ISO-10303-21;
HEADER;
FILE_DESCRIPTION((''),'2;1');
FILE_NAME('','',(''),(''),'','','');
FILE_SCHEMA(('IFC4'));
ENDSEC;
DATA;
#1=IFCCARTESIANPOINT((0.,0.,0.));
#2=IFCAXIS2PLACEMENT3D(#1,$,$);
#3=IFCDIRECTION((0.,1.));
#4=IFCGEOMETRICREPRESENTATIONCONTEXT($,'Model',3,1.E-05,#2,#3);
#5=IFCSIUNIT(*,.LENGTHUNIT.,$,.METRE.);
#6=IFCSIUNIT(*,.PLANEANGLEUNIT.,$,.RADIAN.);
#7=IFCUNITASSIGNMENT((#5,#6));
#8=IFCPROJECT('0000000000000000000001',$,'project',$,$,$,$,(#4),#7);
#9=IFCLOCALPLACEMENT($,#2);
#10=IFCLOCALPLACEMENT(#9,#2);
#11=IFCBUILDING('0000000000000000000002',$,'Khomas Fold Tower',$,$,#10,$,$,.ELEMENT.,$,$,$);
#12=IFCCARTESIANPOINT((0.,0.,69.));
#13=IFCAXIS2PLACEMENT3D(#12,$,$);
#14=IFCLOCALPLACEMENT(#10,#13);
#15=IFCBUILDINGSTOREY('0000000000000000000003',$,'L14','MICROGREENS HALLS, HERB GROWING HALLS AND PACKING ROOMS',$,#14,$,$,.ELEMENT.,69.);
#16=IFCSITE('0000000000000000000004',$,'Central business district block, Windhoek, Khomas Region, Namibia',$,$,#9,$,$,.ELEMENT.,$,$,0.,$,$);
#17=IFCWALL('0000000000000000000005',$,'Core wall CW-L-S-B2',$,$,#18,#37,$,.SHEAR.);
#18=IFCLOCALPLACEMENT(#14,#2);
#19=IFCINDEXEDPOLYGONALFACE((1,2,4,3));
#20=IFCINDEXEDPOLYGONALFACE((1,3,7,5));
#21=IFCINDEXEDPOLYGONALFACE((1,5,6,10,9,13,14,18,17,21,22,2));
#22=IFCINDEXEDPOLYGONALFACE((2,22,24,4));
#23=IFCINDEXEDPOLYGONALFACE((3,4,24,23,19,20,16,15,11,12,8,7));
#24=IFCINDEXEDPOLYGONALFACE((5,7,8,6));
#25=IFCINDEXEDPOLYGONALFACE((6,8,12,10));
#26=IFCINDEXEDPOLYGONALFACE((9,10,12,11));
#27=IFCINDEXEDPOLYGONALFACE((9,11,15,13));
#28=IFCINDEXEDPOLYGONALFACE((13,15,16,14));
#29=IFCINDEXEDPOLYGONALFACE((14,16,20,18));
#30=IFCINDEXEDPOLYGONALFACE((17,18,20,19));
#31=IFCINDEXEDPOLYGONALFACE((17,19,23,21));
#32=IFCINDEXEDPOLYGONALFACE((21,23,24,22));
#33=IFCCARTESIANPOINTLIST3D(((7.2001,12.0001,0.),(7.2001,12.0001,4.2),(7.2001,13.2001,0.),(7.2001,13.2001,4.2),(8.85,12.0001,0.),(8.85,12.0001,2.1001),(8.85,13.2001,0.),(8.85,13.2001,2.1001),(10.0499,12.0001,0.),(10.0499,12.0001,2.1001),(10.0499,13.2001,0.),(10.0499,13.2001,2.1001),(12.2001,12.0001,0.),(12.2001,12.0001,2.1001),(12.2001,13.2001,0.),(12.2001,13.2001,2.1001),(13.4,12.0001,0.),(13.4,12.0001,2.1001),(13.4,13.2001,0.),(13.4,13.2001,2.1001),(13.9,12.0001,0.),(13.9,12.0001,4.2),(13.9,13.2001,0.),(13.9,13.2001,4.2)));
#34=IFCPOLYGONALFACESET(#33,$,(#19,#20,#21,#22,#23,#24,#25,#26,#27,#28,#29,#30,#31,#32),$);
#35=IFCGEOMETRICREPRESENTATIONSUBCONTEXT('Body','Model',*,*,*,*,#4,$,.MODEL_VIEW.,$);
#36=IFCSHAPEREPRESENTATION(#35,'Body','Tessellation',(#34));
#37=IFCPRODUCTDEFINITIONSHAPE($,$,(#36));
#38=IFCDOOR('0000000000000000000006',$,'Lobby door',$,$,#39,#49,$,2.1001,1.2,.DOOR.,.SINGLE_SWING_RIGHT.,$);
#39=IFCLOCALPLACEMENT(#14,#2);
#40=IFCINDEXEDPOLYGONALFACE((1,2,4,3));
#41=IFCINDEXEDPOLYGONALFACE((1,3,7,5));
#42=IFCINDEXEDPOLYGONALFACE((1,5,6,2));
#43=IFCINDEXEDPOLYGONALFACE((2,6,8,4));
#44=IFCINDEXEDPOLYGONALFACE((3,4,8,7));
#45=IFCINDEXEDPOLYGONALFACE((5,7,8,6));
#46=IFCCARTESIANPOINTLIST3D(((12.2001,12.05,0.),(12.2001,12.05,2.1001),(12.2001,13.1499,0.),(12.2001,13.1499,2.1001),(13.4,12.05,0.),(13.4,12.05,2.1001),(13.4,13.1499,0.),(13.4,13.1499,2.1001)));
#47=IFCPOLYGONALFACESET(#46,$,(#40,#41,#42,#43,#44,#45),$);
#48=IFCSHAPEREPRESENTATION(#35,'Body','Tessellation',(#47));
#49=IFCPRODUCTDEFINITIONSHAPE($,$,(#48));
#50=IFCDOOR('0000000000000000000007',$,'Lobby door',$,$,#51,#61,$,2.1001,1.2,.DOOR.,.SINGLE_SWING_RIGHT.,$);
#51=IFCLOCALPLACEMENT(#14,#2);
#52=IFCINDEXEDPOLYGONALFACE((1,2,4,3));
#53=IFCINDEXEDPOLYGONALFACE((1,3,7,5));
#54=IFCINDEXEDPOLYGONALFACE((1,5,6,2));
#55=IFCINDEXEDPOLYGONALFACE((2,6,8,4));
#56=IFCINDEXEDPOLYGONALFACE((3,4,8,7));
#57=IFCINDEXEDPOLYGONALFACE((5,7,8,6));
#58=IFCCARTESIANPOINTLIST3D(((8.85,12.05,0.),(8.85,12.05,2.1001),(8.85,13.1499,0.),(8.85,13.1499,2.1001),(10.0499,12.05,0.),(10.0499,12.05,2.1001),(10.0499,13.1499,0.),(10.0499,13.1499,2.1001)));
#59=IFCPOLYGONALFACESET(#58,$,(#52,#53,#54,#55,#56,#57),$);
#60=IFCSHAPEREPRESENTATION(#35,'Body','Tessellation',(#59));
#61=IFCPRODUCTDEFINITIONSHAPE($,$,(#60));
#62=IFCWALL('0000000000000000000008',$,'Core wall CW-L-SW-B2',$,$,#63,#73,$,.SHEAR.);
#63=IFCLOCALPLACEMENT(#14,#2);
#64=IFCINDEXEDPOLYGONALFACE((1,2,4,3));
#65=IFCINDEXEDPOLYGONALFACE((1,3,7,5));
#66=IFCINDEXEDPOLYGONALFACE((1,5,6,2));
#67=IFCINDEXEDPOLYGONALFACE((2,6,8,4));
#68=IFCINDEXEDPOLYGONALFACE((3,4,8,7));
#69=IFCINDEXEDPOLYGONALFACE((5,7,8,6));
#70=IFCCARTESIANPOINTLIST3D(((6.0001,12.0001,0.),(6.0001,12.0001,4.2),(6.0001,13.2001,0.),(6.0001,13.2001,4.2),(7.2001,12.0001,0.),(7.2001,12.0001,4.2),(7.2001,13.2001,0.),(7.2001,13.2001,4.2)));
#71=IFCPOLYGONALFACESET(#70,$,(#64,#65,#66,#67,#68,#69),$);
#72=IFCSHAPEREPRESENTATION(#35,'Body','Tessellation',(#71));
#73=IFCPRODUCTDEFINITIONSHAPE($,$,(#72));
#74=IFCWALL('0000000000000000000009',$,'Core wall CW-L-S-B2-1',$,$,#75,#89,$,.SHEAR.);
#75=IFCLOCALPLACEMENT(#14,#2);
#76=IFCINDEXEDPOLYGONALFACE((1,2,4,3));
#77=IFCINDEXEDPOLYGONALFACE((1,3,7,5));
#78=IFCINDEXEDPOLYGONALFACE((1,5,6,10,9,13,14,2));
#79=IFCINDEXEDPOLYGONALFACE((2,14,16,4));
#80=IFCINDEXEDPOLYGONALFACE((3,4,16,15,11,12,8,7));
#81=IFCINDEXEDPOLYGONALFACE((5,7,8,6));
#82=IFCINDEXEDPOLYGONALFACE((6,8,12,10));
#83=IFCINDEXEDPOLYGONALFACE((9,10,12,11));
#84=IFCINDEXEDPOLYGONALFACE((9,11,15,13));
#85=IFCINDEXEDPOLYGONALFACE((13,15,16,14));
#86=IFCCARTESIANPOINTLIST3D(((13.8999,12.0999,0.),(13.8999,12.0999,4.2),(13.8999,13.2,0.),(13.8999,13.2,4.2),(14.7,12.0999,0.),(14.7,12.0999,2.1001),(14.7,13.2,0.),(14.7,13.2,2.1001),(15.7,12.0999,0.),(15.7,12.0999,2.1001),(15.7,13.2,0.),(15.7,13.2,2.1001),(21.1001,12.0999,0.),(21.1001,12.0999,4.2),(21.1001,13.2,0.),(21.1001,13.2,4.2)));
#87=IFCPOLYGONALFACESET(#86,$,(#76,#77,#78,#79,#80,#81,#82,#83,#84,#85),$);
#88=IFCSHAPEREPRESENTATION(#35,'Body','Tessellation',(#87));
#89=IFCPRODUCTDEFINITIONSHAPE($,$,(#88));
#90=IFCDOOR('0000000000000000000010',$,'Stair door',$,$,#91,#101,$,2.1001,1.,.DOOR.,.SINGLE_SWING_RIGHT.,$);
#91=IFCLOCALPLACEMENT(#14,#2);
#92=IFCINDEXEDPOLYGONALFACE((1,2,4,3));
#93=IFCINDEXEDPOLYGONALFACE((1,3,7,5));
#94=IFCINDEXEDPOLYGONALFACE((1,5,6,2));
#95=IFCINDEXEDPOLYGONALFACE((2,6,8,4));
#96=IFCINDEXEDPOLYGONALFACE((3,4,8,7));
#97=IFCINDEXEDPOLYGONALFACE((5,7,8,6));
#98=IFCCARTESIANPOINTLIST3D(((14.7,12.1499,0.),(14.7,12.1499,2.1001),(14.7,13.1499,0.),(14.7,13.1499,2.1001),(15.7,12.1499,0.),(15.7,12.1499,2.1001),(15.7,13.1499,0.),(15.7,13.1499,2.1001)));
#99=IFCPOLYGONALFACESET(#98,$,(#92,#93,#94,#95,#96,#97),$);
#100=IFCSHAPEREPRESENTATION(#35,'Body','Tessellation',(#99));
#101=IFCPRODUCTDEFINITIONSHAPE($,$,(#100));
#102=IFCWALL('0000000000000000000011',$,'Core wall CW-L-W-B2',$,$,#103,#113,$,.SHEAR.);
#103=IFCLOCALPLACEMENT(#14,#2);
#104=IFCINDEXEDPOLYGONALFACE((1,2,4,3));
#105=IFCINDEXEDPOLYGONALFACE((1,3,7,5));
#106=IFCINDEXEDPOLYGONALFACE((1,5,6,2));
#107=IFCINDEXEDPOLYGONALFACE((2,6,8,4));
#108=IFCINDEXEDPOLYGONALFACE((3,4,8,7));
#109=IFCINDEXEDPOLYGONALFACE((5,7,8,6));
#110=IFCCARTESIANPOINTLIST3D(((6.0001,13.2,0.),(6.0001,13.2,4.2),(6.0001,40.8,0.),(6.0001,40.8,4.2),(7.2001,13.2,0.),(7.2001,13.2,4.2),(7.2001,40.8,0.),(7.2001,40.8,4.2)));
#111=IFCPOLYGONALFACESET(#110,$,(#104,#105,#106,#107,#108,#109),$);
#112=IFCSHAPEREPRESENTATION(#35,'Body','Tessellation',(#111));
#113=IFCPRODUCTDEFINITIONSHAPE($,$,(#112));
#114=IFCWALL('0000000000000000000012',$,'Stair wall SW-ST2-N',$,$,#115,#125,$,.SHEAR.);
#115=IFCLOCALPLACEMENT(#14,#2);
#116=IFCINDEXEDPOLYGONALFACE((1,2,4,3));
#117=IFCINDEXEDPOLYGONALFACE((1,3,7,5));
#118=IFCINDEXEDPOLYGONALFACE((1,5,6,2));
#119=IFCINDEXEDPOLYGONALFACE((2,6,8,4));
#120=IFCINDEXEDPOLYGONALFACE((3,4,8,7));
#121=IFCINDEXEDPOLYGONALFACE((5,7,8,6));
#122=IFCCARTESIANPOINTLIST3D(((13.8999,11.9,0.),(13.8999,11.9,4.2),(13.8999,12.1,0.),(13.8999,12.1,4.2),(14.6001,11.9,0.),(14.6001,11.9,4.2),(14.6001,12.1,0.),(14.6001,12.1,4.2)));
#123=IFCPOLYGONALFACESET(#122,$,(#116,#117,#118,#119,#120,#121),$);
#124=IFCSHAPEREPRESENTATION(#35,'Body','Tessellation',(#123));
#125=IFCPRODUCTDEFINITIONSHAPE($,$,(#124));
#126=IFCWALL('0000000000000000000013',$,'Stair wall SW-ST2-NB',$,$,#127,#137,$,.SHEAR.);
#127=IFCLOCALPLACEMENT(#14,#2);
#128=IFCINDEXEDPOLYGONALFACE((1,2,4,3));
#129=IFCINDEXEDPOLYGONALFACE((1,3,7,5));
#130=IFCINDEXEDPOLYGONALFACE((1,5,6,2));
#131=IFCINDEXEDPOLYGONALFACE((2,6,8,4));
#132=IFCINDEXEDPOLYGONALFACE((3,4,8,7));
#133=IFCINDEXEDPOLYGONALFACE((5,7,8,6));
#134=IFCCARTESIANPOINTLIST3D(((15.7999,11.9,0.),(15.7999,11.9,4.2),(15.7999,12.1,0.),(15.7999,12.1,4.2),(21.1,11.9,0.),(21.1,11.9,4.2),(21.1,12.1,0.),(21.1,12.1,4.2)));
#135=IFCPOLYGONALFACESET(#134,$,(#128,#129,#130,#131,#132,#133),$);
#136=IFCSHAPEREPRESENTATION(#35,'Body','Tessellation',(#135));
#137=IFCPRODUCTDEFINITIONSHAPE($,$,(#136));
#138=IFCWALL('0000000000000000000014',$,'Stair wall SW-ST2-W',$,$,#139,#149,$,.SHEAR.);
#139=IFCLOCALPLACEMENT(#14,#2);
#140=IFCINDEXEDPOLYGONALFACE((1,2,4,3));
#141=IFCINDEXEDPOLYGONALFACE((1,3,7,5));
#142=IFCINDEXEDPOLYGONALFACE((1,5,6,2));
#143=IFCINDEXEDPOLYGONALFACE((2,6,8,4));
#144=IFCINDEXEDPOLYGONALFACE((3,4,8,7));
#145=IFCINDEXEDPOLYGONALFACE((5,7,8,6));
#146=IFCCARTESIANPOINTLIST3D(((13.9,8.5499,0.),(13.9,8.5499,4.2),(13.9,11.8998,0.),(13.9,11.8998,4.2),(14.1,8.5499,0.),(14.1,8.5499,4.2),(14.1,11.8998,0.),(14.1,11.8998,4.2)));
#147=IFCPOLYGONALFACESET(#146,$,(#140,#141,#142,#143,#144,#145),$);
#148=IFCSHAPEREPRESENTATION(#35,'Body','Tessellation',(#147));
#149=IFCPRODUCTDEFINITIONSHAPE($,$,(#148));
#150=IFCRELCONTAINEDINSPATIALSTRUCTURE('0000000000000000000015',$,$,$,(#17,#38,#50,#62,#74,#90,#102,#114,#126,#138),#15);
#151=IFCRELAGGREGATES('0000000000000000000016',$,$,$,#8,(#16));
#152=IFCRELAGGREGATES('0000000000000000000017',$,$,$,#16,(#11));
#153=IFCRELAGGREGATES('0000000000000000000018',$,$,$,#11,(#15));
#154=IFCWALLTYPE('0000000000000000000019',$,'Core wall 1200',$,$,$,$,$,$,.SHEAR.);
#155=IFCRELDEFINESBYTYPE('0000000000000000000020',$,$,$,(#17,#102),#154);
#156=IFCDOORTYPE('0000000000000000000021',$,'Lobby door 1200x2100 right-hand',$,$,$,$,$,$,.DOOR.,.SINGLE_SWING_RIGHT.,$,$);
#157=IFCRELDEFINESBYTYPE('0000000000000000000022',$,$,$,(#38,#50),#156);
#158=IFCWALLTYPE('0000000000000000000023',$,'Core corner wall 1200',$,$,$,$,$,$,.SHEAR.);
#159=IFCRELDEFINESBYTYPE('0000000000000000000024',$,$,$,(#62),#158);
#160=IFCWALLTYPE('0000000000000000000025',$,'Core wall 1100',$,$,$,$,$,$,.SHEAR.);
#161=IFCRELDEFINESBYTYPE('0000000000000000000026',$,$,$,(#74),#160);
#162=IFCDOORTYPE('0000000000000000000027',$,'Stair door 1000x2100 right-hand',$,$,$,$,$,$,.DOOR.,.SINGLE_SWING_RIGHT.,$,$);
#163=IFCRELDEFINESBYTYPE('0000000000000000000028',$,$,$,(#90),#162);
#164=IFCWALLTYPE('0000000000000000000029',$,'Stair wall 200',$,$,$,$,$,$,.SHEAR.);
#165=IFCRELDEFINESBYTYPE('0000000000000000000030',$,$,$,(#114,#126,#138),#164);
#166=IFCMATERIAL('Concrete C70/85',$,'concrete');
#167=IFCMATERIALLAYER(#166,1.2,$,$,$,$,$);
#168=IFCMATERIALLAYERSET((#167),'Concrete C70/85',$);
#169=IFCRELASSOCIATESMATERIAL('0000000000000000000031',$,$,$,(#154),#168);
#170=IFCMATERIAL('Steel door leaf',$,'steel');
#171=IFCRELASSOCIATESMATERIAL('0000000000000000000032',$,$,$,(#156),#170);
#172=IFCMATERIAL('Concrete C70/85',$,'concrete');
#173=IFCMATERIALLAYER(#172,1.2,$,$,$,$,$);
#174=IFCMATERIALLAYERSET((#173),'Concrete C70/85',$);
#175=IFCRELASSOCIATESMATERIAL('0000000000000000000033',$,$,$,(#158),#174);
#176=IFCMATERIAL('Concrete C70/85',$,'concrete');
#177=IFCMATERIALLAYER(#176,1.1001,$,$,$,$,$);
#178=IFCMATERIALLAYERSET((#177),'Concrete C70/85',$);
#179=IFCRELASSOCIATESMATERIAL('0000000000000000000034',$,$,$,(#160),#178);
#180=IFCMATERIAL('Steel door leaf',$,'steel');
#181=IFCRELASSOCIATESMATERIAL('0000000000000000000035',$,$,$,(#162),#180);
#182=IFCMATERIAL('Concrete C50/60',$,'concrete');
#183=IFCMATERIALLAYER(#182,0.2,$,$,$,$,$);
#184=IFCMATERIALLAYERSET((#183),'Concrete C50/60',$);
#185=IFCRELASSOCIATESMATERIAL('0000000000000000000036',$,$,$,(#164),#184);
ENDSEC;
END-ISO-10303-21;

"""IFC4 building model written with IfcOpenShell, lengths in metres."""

from ifc_helpers import new_model, si_unit, direction, frame, frame_2d, origin, place, context, subcontext, project, spatial, rectangle, extrude, source, transform, mapped, material, layer, layer_set, type_object, element, fill, save


model = new_model("IFC4")

# Units and contexts
model_context = context("Model", 3, precision=1e-05, world=origin(), true_north=direction((0.0, 1.0)))
body_context = subcontext(model_context, "Body", "Model", "MODEL_VIEW")
ifc_project = project(units=[si_unit("LENGTHUNIT", "METRE"), si_unit("PLANEANGLEUNIT", "RADIAN")], contexts=[model_context])

# Site, building, storey
site_placement = place(None, origin())
site = spatial("IfcSite", under=ifc_project, at=site_placement, Name="Central business district block, Windhoek, Khomas Region, Namibia", CompositionType="ELEMENT", RefElevation=0.0)
building_placement = place(site_placement, origin())
building = spatial("IfcBuilding", under=site, at=building_placement, Name="Khomas Fold Tower", CompositionType="ELEMENT")
storey_placement = place(building_placement, frame((0.0, 0.0, 69.0)))
storey = spatial("IfcBuildingStorey", under=building, at=storey_placement, Name="L14", Description="MICROGREENS HALLS, HERB GROWING HALLS AND PACKING ROOMS", CompositionType="ELEMENT", Elevation=69.0)

# Wall, openings, doors
ifc_material_1 = material(Name="Concrete C70/85", Category="concrete")
ifc_layer_1 = layer(ifc_material_1, 1.2)
ifc_layer_set_1 = layer_set([ifc_layer_1], Name="Concrete C70/85")
wall_type_1 = type_object("IfcWallType", Name="Core wall 1200", PredefinedType="SHEAR", material=ifc_layer_set_1)
shared_shape_1 = source(origin(), body_context, "Body", "SweptSolid", [
    extrude(rectangle(XDim=6.7, YDim=1.2, at=frame_2d((3.3501, 0.0))), origin(), (0.0, 0.0, 1.0), 4.2),
])
wall_1_placement = place(storey_placement, frame((7.2, 12.6001, 0.0), z_axis=(0.0, 0.0, 1.0), x_axis=(1.0, 0.0, 0.0)))
wall_1 = element("IfcWall", 1, at=wall_1_placement, inside=storey, type_object=wall_type_1, Name="Core wall CW-L-S-B2", PredefinedType="SHEAR", context=body_context, shape_type="MappedRepresentation", body=[
    mapped(shared_shape_1, transform((0.0, 0.0, 0.0))),
])
shared_shape_2 = source(origin(), body_context, "Body", "SweptSolid", [
    extrude(rectangle(XDim=1.2, YDim=2.1001, at=frame_2d((0.6001, 1.05))), frame((0.0, 0.6099, 0.0), z_axis=(0.0, -1.0, 0.0), x_axis=(1.0, 0.0, 0.0)), (0.0, 0.0, 1.0), 1.22),
])
opening_1_placement = place(wall_1_placement, frame((5.0, 0.0, 0.0)))
opening_1 = element("IfcOpeningElement", 2, at=opening_1_placement, cuts=wall_1, PredefinedType="OPENING", context=body_context, shape_type="MappedRepresentation", body=[
    mapped(shared_shape_2, transform((0.0, 0.0, 0.0))),
])
opening_2_placement = place(wall_1_placement, frame((1.6499, 0.0, 0.0)))
opening_2 = element("IfcOpeningElement", 3, at=opening_2_placement, cuts=wall_1, PredefinedType="OPENING", context=body_context, shape_type="MappedRepresentation", body=[
    mapped(shared_shape_2, transform((0.0, 0.0, 0.0))),
])
ifc_material_2 = material(Name="Steel door leaf", Category="steel")
door_type_1 = type_object("IfcDoorType", Name="Lobby door 1200x2100 right-hand", OperationType="SINGLE_SWING_RIGHT", PredefinedType="DOOR", material=ifc_material_2)
shared_shape_3 = source(origin(), body_context, "Body", "SweptSolid", [
    extrude(rectangle(XDim=1.2, YDim=2.1001, at=frame_2d((0.6001, 1.05))), frame((0.0, 0.5498, 0.0), z_axis=(0.0, -1.0, 0.0), x_axis=(1.0, 0.0, 0.0)), (0.0, 0.0, 1.0), 1.0999),
])
door_1_placement = place(opening_1_placement, origin())
door_1 = element("IfcDoor", 4, at=door_1_placement, inside=storey, type_object=door_type_1, Name="Lobby door", OperationType="SINGLE_SWING_RIGHT", OverallHeight=2.1001, OverallWidth=1.2, PredefinedType="DOOR", context=body_context, shape_type="MappedRepresentation", body=[
    mapped(shared_shape_3, transform((0.0, 0.0, 0.0))),
])
fill(opening_1, door_1)
door_2_placement = place(opening_2_placement, origin())
door_2 = element("IfcDoor", 5, at=door_2_placement, inside=storey, type_object=door_type_1, Name="Lobby door", OperationType="SINGLE_SWING_RIGHT", OverallHeight=2.1001, OverallWidth=1.2, PredefinedType="DOOR", context=body_context, shape_type="MappedRepresentation", body=[
    mapped(shared_shape_3, transform((0.0, 0.0, 0.0))),
])
fill(opening_2, door_2)

# Wall
ifc_material_3 = material(Name="Concrete C70/85", Category="concrete")
ifc_layer_2 = layer(ifc_material_3, 1.2)
ifc_layer_set_2 = layer_set([ifc_layer_2], Name="Concrete C70/85")
wall_type_2 = type_object("IfcWallType", Name="Core corner wall 1200", PredefinedType="SHEAR", material=ifc_layer_set_2)
shared_shape_4 = source(origin(), body_context, "Body", "SweptSolid", [
    extrude(rectangle(XDim=1.2, YDim=1.2, at=frame_2d((0.6001, 0.0))), origin(), (0.0, 0.0, 1.0), 4.2),
])
wall_2_placement = place(storey_placement, frame((6.0, 12.6001, 0.0), z_axis=(0.0, 0.0, 1.0), x_axis=(1.0, 0.0, 0.0)))
element("IfcWall", 6, at=wall_2_placement, inside=storey, type_object=wall_type_2, Name="Core wall CW-L-SW-B2", PredefinedType="SHEAR", context=body_context, shape_type="MappedRepresentation", body=[
    mapped(shared_shape_4, transform((0.0, 0.0, 0.0))),
])

# Wall, opening, door
ifc_material_4 = material(Name="Concrete C70/85", Category="concrete")
ifc_layer_3 = layer(ifc_material_4, 1.1001)
ifc_layer_set_3 = layer_set([ifc_layer_3], Name="Concrete C70/85")
wall_type_3 = type_object("IfcWallType", Name="Core wall 1100", PredefinedType="SHEAR", material=ifc_layer_set_3)
shared_shape_5 = source(origin(), body_context, "Body", "SweptSolid", [
    extrude(rectangle(XDim=7.2002, YDim=1.1001, at=frame_2d((3.6001, 0.0))), origin(), (0.0, 0.0, 1.0), 4.2),
])
wall_3_placement = place(storey_placement, frame((13.8999, 12.6499, 0.0), z_axis=(0.0, 0.0, 1.0), x_axis=(1.0, 0.0, 0.0)))
wall_3 = element("IfcWall", 7, at=wall_3_placement, inside=storey, type_object=wall_type_3, Name="Core wall CW-L-S-B2-1", PredefinedType="SHEAR", context=body_context, shape_type="MappedRepresentation", body=[
    mapped(shared_shape_5, transform((0.0, 0.0, 0.0))),
])
shared_shape_6 = source(origin(), body_context, "Body", "SweptSolid", [
    extrude(rectangle(XDim=1.0, YDim=2.1001, at=frame_2d((0.5, 1.05))), frame((0.0, 0.5601, 0.0), z_axis=(0.0, -1.0, 0.0), x_axis=(1.0, 0.0, 0.0)), (0.0, 0.0, 1.0), 1.1201),
])
opening_3_placement = place(wall_3_placement, frame((0.8, 0.0, 0.0)))
opening_3 = element("IfcOpeningElement", 8, at=opening_3_placement, cuts=wall_3, PredefinedType="OPENING", context=body_context, shape_type="MappedRepresentation", body=[
    mapped(shared_shape_6, transform((0.0, 0.0, 0.0))),
])
ifc_material_5 = material(Name="Steel door leaf", Category="steel")
door_type_2 = type_object("IfcDoorType", Name="Stair door 1000x2100 right-hand", OperationType="SINGLE_SWING_RIGHT", PredefinedType="DOOR", material=ifc_material_5)
shared_shape_7 = source(origin(), body_context, "Body", "SweptSolid", [
    extrude(rectangle(XDim=1.0, YDim=2.1001, at=frame_2d((0.5, 1.05))), frame((0.0, 0.5, 0.0), z_axis=(0.0, -1.0, 0.0), x_axis=(1.0, 0.0, 0.0)), (0.0, 0.0, 1.0), 1.0),
])
door_3_placement = place(opening_3_placement, origin())
door_3 = element("IfcDoor", 9, at=door_3_placement, inside=storey, type_object=door_type_2, Name="Stair door", OperationType="SINGLE_SWING_RIGHT", OverallHeight=2.1001, OverallWidth=1.0, PredefinedType="DOOR", context=body_context, shape_type="MappedRepresentation", body=[
    mapped(shared_shape_7, transform((0.0, 0.0, 0.0))),
])
fill(opening_3, door_3)

# Walls
shared_shape_8 = source(origin(), body_context, "Body", "SweptSolid", [
    extrude(rectangle(XDim=27.6001, YDim=1.2, at=frame_2d((13.8, 0.0))), origin(), (0.0, 0.0, 1.0), 4.2),
])
wall_4_placement = place(storey_placement, frame((6.6001, 13.2, 0.0), z_axis=(0.0, 0.0, 1.0), x_axis=(0.0, 1.0, 0.0)))
element("IfcWall", 10, at=wall_4_placement, inside=storey, type_object=wall_type_1, Name="Core wall CW-L-W-B2", PredefinedType="SHEAR", context=body_context, shape_type="MappedRepresentation", body=[
    mapped(shared_shape_8, transform((0.0, 0.0, 0.0))),
])
ifc_material_6 = material(Name="Concrete C50/60", Category="concrete")
ifc_layer_4 = layer(ifc_material_6, 0.2)
ifc_layer_set_4 = layer_set([ifc_layer_4], Name="Concrete C50/60")
wall_type_4 = type_object("IfcWallType", Name="Stair wall 200", PredefinedType="SHEAR", material=ifc_layer_set_4)
shared_shape_9 = source(origin(), body_context, "Body", "SweptSolid", [
    extrude(rectangle(XDim=0.7002, YDim=0.2, at=frame_2d((0.3501, 0.0))), origin(), (0.0, 0.0, 1.0), 4.2),
])
wall_5_placement = place(storey_placement, frame((13.8999, 12.0, 0.0), z_axis=(0.0, 0.0, 1.0), x_axis=(1.0, 0.0, 0.0)))
element("IfcWall", 11, at=wall_5_placement, inside=storey, type_object=wall_type_4, Name="Stair wall SW-ST2-N", PredefinedType="SHEAR", context=body_context, shape_type="MappedRepresentation", body=[
    mapped(shared_shape_9, transform((0.0, 0.0, 0.0))),
])
shared_shape_10 = source(origin(), body_context, "Body", "SweptSolid", [
    extrude(rectangle(XDim=5.3, YDim=0.2, at=frame_2d((2.6499, 0.0))), origin(), (0.0, 0.0, 1.0), 4.2),
])
wall_6_placement = place(storey_placement, frame((15.8, 12.0, 0.0), z_axis=(0.0, 0.0, 1.0), x_axis=(1.0, 0.0, 0.0)))
element("IfcWall", 12, at=wall_6_placement, inside=storey, type_object=wall_type_4, Name="Stair wall SW-ST2-NB", PredefinedType="SHEAR", context=body_context, shape_type="MappedRepresentation", body=[
    mapped(shared_shape_10, transform((0.0, 0.0, 0.0))),
])
shared_shape_11 = source(origin(), body_context, "Body", "SweptSolid", [
    extrude(rectangle(XDim=3.3499, YDim=0.2, at=frame_2d((1.6748, 0.0))), origin(), (0.0, 0.0, 1.0), 4.2),
])
wall_7_placement = place(storey_placement, frame((14.0, 8.55, 0.0), z_axis=(0.0, 0.0, 1.0), x_axis=(0.0, 1.0, 0.0)))
element("IfcWall", 13, at=wall_7_placement, inside=storey, type_object=wall_type_4, Name="Stair wall SW-ST2-W", PredefinedType="SHEAR", context=body_context, shape_type="MappedRepresentation", body=[
    mapped(shared_shape_11, transform((0.0, 0.0, 0.0))),
])

save(model, "model.ifc")
